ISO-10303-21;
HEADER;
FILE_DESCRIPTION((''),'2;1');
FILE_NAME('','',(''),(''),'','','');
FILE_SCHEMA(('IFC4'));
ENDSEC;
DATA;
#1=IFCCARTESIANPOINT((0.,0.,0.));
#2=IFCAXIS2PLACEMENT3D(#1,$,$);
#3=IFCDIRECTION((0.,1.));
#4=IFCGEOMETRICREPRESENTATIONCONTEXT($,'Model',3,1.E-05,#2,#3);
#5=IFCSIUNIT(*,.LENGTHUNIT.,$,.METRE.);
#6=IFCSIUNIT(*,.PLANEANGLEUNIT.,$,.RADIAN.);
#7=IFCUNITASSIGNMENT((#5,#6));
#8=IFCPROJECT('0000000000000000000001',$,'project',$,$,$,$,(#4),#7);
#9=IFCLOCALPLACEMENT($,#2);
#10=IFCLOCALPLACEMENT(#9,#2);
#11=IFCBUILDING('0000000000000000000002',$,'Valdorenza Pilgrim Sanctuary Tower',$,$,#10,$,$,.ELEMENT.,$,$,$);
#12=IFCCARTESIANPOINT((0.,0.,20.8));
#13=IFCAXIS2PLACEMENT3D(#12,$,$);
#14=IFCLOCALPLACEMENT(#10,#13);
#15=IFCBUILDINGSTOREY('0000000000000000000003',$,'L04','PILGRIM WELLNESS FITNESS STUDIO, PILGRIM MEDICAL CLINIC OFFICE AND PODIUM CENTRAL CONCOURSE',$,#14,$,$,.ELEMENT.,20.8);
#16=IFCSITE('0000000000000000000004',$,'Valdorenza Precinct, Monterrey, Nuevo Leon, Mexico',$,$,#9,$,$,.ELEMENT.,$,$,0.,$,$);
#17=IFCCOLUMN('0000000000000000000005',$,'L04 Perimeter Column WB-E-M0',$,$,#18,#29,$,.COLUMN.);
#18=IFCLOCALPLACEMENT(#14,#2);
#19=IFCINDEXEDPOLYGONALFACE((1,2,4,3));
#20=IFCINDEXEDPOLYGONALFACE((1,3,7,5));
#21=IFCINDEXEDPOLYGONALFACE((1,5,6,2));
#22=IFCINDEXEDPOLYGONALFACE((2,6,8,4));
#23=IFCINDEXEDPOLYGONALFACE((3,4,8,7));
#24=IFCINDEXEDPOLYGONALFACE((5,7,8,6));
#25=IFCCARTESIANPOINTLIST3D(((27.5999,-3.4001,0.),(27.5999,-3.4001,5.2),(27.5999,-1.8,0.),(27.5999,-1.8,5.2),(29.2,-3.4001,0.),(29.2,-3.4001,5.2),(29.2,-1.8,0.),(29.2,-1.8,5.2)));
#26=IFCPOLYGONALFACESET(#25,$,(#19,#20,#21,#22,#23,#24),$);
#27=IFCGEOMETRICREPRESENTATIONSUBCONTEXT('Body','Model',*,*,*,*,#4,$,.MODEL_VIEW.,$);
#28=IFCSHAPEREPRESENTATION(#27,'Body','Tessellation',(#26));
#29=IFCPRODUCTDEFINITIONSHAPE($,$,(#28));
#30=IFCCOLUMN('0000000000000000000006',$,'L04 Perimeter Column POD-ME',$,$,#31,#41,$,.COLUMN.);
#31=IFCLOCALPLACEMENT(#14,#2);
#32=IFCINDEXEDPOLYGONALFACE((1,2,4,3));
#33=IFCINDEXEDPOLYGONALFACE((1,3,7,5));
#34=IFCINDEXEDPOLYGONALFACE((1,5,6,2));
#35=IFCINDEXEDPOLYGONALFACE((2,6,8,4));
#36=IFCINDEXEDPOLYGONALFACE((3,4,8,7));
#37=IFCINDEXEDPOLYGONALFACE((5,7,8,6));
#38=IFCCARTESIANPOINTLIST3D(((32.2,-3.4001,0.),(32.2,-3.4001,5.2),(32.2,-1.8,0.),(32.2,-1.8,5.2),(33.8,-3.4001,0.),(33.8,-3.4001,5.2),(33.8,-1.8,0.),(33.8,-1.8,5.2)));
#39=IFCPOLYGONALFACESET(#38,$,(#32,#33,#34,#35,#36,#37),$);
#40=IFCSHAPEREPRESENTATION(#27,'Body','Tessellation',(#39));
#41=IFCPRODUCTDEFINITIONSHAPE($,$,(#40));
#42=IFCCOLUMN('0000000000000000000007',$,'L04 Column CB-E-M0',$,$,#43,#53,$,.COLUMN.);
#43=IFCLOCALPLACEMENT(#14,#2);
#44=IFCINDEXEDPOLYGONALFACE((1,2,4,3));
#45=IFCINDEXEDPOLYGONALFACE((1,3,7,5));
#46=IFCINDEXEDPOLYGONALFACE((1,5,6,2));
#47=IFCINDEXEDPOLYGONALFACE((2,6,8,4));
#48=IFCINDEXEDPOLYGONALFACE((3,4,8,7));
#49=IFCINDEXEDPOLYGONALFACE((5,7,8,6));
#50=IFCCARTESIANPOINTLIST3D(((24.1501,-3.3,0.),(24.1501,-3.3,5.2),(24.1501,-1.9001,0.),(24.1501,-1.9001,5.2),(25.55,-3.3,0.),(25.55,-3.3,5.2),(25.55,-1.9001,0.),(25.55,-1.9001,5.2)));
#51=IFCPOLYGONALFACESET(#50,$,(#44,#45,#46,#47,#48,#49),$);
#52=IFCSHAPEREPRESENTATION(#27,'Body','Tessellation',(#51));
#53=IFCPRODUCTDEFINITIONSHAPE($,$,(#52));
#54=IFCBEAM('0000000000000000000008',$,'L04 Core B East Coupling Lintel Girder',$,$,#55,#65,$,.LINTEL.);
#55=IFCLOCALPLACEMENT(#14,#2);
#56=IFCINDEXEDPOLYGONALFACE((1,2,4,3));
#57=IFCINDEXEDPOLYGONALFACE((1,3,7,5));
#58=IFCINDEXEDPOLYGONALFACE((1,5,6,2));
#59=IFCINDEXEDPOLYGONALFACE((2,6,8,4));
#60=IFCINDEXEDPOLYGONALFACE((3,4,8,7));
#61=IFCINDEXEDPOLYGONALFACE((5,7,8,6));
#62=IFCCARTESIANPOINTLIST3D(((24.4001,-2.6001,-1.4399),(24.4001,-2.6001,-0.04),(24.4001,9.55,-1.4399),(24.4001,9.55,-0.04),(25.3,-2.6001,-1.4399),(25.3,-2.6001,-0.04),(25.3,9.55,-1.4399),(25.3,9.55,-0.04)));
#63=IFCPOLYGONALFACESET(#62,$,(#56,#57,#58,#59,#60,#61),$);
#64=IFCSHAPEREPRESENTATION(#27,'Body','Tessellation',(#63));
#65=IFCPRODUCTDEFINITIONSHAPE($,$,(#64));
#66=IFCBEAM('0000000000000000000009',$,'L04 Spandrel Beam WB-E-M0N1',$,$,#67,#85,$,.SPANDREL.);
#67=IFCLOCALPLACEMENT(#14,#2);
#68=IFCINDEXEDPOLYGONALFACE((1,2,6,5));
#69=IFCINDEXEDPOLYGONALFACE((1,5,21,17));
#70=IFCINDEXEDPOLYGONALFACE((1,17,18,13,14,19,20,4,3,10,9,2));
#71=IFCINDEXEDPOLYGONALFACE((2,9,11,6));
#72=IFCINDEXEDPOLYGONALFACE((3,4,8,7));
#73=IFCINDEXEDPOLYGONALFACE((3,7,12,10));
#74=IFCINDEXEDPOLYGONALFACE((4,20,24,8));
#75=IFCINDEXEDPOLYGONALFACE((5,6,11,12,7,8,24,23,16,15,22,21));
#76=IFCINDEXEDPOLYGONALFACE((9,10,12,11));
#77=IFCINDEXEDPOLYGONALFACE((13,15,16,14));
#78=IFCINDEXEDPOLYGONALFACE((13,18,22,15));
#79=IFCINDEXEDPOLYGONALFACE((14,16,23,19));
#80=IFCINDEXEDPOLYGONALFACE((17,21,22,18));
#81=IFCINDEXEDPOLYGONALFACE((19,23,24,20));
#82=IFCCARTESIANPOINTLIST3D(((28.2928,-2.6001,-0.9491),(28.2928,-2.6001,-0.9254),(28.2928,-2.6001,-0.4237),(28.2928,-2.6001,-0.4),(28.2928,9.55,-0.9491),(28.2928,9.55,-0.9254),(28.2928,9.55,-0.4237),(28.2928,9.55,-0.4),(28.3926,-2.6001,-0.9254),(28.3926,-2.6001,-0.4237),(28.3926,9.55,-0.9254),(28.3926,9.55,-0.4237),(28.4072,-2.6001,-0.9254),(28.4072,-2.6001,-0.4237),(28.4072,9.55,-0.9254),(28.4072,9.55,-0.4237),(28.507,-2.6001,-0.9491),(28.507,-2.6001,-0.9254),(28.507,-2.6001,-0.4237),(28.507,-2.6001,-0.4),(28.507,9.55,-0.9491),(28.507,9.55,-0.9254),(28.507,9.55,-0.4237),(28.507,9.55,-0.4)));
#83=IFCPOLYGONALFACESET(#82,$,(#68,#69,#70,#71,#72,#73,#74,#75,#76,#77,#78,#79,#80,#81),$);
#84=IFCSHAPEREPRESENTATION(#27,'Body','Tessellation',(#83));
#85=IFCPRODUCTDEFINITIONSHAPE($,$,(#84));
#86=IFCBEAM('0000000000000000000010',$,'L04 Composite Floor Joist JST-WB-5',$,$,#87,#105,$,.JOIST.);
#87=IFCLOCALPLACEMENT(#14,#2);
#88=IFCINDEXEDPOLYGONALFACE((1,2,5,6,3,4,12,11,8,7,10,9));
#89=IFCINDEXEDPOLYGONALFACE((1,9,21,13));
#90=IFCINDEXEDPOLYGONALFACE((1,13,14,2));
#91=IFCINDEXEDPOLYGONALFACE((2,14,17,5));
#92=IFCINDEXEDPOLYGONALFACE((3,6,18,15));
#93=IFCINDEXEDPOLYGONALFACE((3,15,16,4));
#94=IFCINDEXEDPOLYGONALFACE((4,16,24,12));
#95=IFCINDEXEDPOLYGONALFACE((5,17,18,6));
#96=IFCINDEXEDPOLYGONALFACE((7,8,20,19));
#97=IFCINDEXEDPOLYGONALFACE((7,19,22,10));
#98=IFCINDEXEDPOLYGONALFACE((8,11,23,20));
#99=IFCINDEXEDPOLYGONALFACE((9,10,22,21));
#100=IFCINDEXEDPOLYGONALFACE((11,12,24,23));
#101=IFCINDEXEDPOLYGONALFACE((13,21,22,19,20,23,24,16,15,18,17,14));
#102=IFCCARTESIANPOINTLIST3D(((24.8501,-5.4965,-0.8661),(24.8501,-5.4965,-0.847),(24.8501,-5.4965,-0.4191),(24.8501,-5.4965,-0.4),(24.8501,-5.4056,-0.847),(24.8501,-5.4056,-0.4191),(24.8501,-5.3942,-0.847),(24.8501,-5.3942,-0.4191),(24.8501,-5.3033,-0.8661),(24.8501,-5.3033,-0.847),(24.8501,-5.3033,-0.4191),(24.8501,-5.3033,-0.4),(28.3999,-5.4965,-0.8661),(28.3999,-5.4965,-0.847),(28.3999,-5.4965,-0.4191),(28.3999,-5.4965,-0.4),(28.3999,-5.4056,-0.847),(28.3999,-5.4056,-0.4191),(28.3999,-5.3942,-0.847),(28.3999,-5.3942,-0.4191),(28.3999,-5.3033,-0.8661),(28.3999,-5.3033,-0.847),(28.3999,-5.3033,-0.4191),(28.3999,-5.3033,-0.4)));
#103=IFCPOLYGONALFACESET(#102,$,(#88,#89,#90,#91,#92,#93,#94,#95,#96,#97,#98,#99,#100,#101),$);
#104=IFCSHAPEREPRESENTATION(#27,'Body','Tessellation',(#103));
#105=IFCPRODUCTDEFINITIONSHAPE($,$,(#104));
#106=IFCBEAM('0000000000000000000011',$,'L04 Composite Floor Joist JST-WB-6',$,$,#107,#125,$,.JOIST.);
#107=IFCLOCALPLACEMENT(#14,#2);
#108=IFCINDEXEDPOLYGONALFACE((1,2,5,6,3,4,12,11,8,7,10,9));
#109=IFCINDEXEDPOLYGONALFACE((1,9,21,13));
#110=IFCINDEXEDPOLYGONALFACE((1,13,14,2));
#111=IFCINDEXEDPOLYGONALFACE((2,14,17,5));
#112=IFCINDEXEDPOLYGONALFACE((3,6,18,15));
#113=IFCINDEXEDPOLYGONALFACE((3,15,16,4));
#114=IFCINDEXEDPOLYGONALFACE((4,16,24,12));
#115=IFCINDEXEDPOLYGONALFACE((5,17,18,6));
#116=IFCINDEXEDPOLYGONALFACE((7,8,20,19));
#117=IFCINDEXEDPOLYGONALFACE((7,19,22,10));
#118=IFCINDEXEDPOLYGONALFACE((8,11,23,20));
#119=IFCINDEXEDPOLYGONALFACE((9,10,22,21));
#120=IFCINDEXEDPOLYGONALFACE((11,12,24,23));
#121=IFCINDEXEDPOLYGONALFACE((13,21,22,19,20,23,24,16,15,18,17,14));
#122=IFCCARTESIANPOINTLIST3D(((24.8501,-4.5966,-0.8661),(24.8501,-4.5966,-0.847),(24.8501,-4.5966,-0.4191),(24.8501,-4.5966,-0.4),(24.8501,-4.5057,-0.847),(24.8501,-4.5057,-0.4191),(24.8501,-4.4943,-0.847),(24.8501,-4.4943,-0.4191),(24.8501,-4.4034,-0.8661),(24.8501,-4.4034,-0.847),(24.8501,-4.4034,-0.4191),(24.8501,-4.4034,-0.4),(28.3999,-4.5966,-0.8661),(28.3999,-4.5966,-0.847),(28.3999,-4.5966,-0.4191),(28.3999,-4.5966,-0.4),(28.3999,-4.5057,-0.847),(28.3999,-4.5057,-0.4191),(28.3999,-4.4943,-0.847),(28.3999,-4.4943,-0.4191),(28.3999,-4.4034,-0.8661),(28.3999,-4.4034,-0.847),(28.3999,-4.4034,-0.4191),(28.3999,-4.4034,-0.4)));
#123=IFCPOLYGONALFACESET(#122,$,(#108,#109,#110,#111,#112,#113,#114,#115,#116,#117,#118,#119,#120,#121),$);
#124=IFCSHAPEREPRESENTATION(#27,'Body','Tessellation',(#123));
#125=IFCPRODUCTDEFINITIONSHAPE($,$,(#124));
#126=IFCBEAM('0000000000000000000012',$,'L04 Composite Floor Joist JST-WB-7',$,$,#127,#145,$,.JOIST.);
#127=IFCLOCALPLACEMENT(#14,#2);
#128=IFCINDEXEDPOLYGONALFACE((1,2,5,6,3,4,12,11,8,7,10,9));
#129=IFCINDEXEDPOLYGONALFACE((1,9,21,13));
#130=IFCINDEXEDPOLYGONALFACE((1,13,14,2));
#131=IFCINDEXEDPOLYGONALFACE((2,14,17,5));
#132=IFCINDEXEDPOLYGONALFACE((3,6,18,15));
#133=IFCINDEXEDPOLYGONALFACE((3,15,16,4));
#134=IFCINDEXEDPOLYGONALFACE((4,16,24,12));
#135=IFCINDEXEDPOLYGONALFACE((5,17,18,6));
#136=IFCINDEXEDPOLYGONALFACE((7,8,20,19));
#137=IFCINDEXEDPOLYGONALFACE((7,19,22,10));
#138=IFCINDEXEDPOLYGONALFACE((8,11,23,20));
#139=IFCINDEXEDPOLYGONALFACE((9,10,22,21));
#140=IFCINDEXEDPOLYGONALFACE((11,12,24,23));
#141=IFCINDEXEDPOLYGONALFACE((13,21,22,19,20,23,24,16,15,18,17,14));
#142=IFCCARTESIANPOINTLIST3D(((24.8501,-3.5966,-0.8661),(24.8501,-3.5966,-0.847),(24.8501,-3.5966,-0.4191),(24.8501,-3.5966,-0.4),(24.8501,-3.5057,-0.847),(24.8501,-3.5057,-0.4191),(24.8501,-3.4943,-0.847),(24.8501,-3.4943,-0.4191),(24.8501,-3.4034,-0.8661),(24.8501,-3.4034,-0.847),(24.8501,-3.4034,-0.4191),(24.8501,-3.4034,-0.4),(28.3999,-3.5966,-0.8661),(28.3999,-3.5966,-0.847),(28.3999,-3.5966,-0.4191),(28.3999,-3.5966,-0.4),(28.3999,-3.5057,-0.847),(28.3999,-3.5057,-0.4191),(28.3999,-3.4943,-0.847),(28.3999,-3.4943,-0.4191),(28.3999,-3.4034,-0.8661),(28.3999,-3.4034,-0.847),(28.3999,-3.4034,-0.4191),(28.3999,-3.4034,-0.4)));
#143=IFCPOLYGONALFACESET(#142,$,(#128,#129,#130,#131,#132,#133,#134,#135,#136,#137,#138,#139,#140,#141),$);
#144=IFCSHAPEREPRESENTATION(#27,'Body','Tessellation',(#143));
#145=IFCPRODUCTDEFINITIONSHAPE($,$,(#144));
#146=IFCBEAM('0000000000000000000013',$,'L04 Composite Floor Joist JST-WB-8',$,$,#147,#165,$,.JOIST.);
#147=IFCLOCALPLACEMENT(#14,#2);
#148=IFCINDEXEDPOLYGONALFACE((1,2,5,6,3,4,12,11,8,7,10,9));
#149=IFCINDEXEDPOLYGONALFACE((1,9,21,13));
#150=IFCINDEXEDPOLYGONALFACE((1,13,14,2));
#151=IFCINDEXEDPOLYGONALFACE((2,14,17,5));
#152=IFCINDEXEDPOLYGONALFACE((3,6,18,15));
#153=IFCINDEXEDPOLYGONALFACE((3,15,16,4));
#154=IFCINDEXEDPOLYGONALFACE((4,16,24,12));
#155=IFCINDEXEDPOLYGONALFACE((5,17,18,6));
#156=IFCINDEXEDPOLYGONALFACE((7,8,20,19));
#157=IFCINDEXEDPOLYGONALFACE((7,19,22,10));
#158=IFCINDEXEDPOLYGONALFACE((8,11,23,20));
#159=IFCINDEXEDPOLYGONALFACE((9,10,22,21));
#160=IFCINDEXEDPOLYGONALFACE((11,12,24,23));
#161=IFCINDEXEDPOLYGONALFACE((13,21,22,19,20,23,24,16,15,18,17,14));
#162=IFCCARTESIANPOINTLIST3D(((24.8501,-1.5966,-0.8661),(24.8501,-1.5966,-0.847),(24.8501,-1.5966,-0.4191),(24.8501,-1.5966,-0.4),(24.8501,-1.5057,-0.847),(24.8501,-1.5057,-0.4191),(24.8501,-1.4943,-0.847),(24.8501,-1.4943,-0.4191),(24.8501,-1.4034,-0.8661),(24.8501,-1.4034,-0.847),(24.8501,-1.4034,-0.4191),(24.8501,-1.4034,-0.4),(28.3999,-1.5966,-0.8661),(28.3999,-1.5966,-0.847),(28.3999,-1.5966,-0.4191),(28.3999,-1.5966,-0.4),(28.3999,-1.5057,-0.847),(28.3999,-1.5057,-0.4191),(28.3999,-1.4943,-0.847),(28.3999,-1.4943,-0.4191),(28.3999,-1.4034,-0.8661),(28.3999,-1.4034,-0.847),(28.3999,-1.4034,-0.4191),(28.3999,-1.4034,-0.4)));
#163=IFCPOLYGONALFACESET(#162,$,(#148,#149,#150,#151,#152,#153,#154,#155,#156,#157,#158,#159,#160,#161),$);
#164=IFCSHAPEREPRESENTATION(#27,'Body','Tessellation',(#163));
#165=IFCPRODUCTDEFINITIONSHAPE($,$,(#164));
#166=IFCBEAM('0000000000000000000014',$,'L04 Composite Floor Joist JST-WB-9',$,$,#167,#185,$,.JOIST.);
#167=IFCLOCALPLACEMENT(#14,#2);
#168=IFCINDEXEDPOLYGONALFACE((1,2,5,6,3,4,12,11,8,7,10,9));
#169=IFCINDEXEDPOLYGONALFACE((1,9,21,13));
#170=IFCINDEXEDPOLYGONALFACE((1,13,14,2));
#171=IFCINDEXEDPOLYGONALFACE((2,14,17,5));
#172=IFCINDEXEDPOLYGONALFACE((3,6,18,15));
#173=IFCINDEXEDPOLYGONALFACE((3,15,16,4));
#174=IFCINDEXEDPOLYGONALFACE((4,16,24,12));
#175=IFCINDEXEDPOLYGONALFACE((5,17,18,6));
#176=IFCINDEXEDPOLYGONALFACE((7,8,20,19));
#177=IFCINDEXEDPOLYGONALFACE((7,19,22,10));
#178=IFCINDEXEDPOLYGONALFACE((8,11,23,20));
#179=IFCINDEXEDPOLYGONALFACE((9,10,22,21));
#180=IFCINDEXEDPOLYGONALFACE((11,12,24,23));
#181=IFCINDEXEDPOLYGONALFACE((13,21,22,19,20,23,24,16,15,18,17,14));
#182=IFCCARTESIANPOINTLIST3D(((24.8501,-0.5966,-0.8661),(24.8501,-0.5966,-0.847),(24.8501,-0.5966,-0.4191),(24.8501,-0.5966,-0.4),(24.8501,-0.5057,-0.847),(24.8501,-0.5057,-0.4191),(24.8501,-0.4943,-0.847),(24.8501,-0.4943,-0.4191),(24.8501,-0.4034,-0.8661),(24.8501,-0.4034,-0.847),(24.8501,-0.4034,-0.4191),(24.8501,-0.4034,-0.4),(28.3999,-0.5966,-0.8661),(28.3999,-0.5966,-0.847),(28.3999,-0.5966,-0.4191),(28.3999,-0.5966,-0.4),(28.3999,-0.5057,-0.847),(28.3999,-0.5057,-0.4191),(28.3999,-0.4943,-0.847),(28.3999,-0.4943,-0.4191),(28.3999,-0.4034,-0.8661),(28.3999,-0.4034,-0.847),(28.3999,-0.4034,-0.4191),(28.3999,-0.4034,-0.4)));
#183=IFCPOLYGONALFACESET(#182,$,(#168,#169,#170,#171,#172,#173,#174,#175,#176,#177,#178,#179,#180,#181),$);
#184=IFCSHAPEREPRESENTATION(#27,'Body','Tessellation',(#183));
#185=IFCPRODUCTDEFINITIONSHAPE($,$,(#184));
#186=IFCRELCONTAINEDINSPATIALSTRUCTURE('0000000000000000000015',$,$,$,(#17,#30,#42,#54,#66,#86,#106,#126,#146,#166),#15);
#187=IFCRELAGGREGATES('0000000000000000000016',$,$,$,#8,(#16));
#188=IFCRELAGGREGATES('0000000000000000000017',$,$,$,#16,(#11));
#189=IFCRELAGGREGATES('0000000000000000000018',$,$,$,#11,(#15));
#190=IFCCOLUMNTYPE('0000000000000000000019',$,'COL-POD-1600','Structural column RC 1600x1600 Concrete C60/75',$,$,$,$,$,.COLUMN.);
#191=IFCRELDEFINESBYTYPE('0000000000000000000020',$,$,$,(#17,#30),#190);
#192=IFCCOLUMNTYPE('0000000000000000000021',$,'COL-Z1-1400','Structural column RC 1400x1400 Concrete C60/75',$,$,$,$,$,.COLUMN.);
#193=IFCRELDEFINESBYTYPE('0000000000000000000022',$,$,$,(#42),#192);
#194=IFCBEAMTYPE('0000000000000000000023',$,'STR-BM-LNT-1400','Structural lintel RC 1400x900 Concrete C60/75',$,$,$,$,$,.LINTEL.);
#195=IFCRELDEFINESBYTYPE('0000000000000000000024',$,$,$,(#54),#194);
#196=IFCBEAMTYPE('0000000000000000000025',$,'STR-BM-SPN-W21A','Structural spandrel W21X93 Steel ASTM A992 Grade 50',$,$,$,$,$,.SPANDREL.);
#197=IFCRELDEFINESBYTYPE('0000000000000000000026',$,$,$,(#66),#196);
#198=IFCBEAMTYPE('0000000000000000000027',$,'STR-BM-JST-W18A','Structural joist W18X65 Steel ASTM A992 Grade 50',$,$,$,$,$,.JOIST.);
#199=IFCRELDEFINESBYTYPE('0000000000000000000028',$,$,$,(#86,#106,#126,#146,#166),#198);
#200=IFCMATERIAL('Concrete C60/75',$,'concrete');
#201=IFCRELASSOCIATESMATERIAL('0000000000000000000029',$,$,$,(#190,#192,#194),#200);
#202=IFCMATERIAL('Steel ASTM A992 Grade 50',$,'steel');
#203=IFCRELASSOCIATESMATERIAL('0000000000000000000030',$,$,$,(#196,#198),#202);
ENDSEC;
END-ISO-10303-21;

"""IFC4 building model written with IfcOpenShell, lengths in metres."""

from ifc_helpers import new_model, si_unit, direction, frame, origin, origin_2d, place, context, subcontext, project, spatial, rectangle, i_section, extrude, source, transform, mapped, material, material_profile, profile_set, type_object, element, save


model = new_model("IFC4")

# Units and contexts
model_context = context("Model", 3, precision=1e-05, world=origin(), true_north=direction((0.0, 1.0)))
body_context = subcontext(model_context, "Body", "Model", "MODEL_VIEW")
ifc_project = project(units=[si_unit("LENGTHUNIT", "METRE"), si_unit("PLANEANGLEUNIT", "RADIAN")], contexts=[model_context])

# Site, building, storey
site_placement = place(None, origin())
site = spatial("IfcSite", under=ifc_project, at=site_placement, Name="Valdorenza Precinct, Monterrey, Nuevo Leon, Mexico", CompositionType="ELEMENT", RefElevation=0.0)
building_placement = place(site_placement, origin())
building = spatial("IfcBuilding", under=site, at=building_placement, Name="Valdorenza Pilgrim Sanctuary Tower", CompositionType="ELEMENT")
storey_placement = place(building_placement, frame((0.0, 0.0, 20.8)))
storey = spatial("IfcBuildingStorey", under=building, at=storey_placement, Name="L04", Description="PILGRIM WELLNESS FITNESS STUDIO, PILGRIM MEDICAL CLINIC OFFICE AND PODIUM CENTRAL CONCOURSE", CompositionType="ELEMENT", Elevation=20.8)

# Columns
ifc_material_1 = material(Name="Concrete C60/75", Category="concrete")
ifc_material_profile_1 = material_profile(ifc_material_1, rectangle(XDim=1.6001, YDim=1.6001, at=origin_2d()), Name="RC 1600x1600")
ifc_profile_set_1 = profile_set([ifc_material_profile_1], Name="Concrete C60/75")
column_type_1 = type_object("IfcColumnType", Name="COL-POD-1600", Description="Structural column RC 1600x1600 Concrete C60/75", PredefinedType="COLUMN", material=ifc_profile_set_1)
shared_shape_1 = source(origin(), body_context, "Body", "SweptSolid", [
    extrude(rectangle(XDim=1.6001, YDim=1.6001, at=origin_2d()), origin(), (0.0, 0.0, 1.0), 5.2),
])
for number, where, z_axis, x_axis, name in (
    (1, (28.3999, -2.6001, 0.0), (0.0, 0.0, 1.0), (1.0, 0.0, 0.0), "L04 Perimeter Column WB-E-M0"),
    (2, (33.0, -2.6001, 0.0), (0.0, 0.0, 1.0), (1.0, 0.0, 0.0), "L04 Perimeter Column POD-ME"),
):
    element("IfcColumn", number, at=place(storey_placement, frame(where, z_axis=z_axis, x_axis=x_axis)), inside=storey, type_object=column_type_1, Name=name, PredefinedType="COLUMN", context=body_context, shape_type="MappedRepresentation", body=[
        mapped(shared_shape_1, transform((0.0, 0.0, 0.0), x_axis=(1.0, 0.0, 0.0), y_axis=(0.0, 1.0, 0.0), z_axis=(0.0, 0.0, 1.0), scale=1.0)),
    ])
ifc_material_profile_2 = material_profile(ifc_material_1, rectangle(XDim=1.3999, YDim=1.3999, at=origin_2d()), Name="RC 1400x1400")
ifc_profile_set_2 = profile_set([ifc_material_profile_2], Name="Concrete C60/75")
column_type_2 = type_object("IfcColumnType", Name="COL-Z1-1400", Description="Structural column RC 1400x1400 Concrete C60/75", PredefinedType="COLUMN", material=ifc_profile_set_2)
shared_shape_2 = source(origin(), body_context, "Body", "SweptSolid", [
    extrude(rectangle(XDim=1.3999, YDim=1.3999, at=origin_2d()), origin(), (0.0, 0.0, 1.0), 5.2),
])
column_placement = place(storey_placement, frame((24.8501, -2.6001, 0.0), z_axis=(0.0, 0.0, 1.0), x_axis=(1.0, 0.0, 0.0)))
element("IfcColumn", 3, at=column_placement, inside=storey, type_object=column_type_2, Name="L04 Column CB-E-M0", PredefinedType="COLUMN", context=body_context, shape_type="MappedRepresentation", body=[
    mapped(shared_shape_2, transform((0.0, 0.0, 0.0), x_axis=(1.0, 0.0, 0.0), y_axis=(0.0, 1.0, 0.0), z_axis=(0.0, 0.0, 1.0), scale=1.0)),
])

# Beams
ifc_material_profile_3 = material_profile(ifc_material_1, rectangle(XDim=0.8999, YDim=1.3999, at=origin_2d()), Name="RC 1400x900")
ifc_profile_set_3 = profile_set([ifc_material_profile_3], Name="Concrete C60/75")
beam_type_1 = type_object("IfcBeamType", Name="STR-BM-LNT-1400", Description="Structural lintel RC 1400x900 Concrete C60/75", PredefinedType="LINTEL", material=ifc_profile_set_3)
shared_shape_3 = source(origin(), body_context, "Body", "SweptSolid", [
    extrude(rectangle(XDim=0.8999, YDim=1.3999, at=origin_2d()), origin(), (0.0, 0.0, 1.0), 12.1501),
])
beam_1_placement = place(storey_placement, frame((24.8501, -2.6001, -0.74), z_axis=(0.0, 1.0, 0.0), x_axis=(-1.0, 0.0, 0.0)))
element("IfcBeam", 4, at=beam_1_placement, inside=storey, type_object=beam_type_1, Name="L04 Core B East Coupling Lintel Girder", PredefinedType="LINTEL", context=body_context, shape_type="MappedRepresentation", body=[
    mapped(shared_shape_3, transform((0.0, 0.0, 0.0), x_axis=(1.0, 0.0, 0.0), y_axis=(0.0, 1.0, 0.0), z_axis=(0.0, 0.0, 1.0), scale=1.0)),
])
ifc_material_2 = material(Name="Steel ASTM A992 Grade 50", Category="steel")
ifc_material_profile_4 = material_profile(ifc_material_2, i_section(OverallWidth=0.2141, OverallDepth=0.5491, WebThickness=0.0146, FlangeThickness=0.0237, at=origin_2d()), Name="W21X93")
ifc_profile_set_4 = profile_set([ifc_material_profile_4], Name="Steel ASTM A992 Grade 50")
beam_type_2 = type_object("IfcBeamType", Name="STR-BM-SPN-W21A", Description="Structural spandrel W21X93 Steel ASTM A992 Grade 50", PredefinedType="SPANDREL", material=ifc_profile_set_4)
shared_shape_4 = source(origin(), body_context, "Body", "SweptSolid", [
    extrude(i_section(OverallWidth=0.2141, OverallDepth=0.5491, WebThickness=0.0146, FlangeThickness=0.0237, at=origin_2d()), origin(), (0.0, 0.0, 1.0), 12.1501),
])
beam_2_placement = place(storey_placement, frame((28.3999, -2.6001, -0.6746), z_axis=(0.0, 1.0, 0.0), x_axis=(-1.0, 0.0, 0.0)))
element("IfcBeam", 5, at=beam_2_placement, inside=storey, type_object=beam_type_2, Name="L04 Spandrel Beam WB-E-M0N1", PredefinedType="SPANDREL", context=body_context, shape_type="MappedRepresentation", body=[
    mapped(shared_shape_4, transform((0.0, 0.0, 0.0), x_axis=(1.0, 0.0, 0.0), y_axis=(0.0, 1.0, 0.0), z_axis=(0.0, 0.0, 1.0), scale=1.0)),
])
ifc_material_profile_5 = material_profile(ifc_material_2, i_section(OverallWidth=0.1931, OverallDepth=0.4661, WebThickness=0.0115, FlangeThickness=0.019, at=origin_2d()), Name="W18X65")
ifc_profile_set_5 = profile_set([ifc_material_profile_5], Name="Steel ASTM A992 Grade 50")
beam_type_3 = type_object("IfcBeamType", Name="STR-BM-JST-W18A", Description="Structural joist W18X65 Steel ASTM A992 Grade 50", PredefinedType="JOIST", material=ifc_profile_set_5)
shared_shape_5 = source(origin(), body_context, "Body", "SweptSolid", [
    extrude(i_section(OverallWidth=0.1931, OverallDepth=0.4661, WebThickness=0.0115, FlangeThickness=0.019, at=origin_2d()), origin(), (0.0, 0.0, 1.0), 3.5498),
])
for number, where, z_axis, x_axis, name in (
    (6, (24.8501, -5.3999, -0.6331), (1.0, 0.0, 0.0), (0.0, 1.0, 0.0), "L04 Composite Floor Joist JST-WB-5"),
    (7, (24.8501, -4.5, -0.6331), (1.0, 0.0, 0.0), (0.0, 1.0, 0.0), "L04 Composite Floor Joist JST-WB-6"),
    (8, (24.8501, -3.5, -0.6331), (1.0, 0.0, 0.0), (0.0, 1.0, 0.0), "L04 Composite Floor Joist JST-WB-7"),
    (9, (24.8501, -1.5, -0.6331), (1.0, 0.0, 0.0), (0.0, 1.0, 0.0), "L04 Composite Floor Joist JST-WB-8"),
    (10, (24.8501, -0.5, -0.6331), (1.0, 0.0, 0.0), (0.0, 1.0, 0.0), "L04 Composite Floor Joist JST-WB-9"),
):
    element("IfcBeam", number, at=place(storey_placement, frame(where, z_axis=z_axis, x_axis=x_axis)), inside=storey, type_object=beam_type_3, Name=name, PredefinedType="JOIST", context=body_context, shape_type="MappedRepresentation", body=[
        mapped(shared_shape_5, transform((0.0, 0.0, 0.0), x_axis=(1.0, 0.0, 0.0), y_axis=(0.0, 1.0, 0.0), z_axis=(0.0, 0.0, 1.0), scale=1.0)),
    ])

save(model, "model.ifc")
